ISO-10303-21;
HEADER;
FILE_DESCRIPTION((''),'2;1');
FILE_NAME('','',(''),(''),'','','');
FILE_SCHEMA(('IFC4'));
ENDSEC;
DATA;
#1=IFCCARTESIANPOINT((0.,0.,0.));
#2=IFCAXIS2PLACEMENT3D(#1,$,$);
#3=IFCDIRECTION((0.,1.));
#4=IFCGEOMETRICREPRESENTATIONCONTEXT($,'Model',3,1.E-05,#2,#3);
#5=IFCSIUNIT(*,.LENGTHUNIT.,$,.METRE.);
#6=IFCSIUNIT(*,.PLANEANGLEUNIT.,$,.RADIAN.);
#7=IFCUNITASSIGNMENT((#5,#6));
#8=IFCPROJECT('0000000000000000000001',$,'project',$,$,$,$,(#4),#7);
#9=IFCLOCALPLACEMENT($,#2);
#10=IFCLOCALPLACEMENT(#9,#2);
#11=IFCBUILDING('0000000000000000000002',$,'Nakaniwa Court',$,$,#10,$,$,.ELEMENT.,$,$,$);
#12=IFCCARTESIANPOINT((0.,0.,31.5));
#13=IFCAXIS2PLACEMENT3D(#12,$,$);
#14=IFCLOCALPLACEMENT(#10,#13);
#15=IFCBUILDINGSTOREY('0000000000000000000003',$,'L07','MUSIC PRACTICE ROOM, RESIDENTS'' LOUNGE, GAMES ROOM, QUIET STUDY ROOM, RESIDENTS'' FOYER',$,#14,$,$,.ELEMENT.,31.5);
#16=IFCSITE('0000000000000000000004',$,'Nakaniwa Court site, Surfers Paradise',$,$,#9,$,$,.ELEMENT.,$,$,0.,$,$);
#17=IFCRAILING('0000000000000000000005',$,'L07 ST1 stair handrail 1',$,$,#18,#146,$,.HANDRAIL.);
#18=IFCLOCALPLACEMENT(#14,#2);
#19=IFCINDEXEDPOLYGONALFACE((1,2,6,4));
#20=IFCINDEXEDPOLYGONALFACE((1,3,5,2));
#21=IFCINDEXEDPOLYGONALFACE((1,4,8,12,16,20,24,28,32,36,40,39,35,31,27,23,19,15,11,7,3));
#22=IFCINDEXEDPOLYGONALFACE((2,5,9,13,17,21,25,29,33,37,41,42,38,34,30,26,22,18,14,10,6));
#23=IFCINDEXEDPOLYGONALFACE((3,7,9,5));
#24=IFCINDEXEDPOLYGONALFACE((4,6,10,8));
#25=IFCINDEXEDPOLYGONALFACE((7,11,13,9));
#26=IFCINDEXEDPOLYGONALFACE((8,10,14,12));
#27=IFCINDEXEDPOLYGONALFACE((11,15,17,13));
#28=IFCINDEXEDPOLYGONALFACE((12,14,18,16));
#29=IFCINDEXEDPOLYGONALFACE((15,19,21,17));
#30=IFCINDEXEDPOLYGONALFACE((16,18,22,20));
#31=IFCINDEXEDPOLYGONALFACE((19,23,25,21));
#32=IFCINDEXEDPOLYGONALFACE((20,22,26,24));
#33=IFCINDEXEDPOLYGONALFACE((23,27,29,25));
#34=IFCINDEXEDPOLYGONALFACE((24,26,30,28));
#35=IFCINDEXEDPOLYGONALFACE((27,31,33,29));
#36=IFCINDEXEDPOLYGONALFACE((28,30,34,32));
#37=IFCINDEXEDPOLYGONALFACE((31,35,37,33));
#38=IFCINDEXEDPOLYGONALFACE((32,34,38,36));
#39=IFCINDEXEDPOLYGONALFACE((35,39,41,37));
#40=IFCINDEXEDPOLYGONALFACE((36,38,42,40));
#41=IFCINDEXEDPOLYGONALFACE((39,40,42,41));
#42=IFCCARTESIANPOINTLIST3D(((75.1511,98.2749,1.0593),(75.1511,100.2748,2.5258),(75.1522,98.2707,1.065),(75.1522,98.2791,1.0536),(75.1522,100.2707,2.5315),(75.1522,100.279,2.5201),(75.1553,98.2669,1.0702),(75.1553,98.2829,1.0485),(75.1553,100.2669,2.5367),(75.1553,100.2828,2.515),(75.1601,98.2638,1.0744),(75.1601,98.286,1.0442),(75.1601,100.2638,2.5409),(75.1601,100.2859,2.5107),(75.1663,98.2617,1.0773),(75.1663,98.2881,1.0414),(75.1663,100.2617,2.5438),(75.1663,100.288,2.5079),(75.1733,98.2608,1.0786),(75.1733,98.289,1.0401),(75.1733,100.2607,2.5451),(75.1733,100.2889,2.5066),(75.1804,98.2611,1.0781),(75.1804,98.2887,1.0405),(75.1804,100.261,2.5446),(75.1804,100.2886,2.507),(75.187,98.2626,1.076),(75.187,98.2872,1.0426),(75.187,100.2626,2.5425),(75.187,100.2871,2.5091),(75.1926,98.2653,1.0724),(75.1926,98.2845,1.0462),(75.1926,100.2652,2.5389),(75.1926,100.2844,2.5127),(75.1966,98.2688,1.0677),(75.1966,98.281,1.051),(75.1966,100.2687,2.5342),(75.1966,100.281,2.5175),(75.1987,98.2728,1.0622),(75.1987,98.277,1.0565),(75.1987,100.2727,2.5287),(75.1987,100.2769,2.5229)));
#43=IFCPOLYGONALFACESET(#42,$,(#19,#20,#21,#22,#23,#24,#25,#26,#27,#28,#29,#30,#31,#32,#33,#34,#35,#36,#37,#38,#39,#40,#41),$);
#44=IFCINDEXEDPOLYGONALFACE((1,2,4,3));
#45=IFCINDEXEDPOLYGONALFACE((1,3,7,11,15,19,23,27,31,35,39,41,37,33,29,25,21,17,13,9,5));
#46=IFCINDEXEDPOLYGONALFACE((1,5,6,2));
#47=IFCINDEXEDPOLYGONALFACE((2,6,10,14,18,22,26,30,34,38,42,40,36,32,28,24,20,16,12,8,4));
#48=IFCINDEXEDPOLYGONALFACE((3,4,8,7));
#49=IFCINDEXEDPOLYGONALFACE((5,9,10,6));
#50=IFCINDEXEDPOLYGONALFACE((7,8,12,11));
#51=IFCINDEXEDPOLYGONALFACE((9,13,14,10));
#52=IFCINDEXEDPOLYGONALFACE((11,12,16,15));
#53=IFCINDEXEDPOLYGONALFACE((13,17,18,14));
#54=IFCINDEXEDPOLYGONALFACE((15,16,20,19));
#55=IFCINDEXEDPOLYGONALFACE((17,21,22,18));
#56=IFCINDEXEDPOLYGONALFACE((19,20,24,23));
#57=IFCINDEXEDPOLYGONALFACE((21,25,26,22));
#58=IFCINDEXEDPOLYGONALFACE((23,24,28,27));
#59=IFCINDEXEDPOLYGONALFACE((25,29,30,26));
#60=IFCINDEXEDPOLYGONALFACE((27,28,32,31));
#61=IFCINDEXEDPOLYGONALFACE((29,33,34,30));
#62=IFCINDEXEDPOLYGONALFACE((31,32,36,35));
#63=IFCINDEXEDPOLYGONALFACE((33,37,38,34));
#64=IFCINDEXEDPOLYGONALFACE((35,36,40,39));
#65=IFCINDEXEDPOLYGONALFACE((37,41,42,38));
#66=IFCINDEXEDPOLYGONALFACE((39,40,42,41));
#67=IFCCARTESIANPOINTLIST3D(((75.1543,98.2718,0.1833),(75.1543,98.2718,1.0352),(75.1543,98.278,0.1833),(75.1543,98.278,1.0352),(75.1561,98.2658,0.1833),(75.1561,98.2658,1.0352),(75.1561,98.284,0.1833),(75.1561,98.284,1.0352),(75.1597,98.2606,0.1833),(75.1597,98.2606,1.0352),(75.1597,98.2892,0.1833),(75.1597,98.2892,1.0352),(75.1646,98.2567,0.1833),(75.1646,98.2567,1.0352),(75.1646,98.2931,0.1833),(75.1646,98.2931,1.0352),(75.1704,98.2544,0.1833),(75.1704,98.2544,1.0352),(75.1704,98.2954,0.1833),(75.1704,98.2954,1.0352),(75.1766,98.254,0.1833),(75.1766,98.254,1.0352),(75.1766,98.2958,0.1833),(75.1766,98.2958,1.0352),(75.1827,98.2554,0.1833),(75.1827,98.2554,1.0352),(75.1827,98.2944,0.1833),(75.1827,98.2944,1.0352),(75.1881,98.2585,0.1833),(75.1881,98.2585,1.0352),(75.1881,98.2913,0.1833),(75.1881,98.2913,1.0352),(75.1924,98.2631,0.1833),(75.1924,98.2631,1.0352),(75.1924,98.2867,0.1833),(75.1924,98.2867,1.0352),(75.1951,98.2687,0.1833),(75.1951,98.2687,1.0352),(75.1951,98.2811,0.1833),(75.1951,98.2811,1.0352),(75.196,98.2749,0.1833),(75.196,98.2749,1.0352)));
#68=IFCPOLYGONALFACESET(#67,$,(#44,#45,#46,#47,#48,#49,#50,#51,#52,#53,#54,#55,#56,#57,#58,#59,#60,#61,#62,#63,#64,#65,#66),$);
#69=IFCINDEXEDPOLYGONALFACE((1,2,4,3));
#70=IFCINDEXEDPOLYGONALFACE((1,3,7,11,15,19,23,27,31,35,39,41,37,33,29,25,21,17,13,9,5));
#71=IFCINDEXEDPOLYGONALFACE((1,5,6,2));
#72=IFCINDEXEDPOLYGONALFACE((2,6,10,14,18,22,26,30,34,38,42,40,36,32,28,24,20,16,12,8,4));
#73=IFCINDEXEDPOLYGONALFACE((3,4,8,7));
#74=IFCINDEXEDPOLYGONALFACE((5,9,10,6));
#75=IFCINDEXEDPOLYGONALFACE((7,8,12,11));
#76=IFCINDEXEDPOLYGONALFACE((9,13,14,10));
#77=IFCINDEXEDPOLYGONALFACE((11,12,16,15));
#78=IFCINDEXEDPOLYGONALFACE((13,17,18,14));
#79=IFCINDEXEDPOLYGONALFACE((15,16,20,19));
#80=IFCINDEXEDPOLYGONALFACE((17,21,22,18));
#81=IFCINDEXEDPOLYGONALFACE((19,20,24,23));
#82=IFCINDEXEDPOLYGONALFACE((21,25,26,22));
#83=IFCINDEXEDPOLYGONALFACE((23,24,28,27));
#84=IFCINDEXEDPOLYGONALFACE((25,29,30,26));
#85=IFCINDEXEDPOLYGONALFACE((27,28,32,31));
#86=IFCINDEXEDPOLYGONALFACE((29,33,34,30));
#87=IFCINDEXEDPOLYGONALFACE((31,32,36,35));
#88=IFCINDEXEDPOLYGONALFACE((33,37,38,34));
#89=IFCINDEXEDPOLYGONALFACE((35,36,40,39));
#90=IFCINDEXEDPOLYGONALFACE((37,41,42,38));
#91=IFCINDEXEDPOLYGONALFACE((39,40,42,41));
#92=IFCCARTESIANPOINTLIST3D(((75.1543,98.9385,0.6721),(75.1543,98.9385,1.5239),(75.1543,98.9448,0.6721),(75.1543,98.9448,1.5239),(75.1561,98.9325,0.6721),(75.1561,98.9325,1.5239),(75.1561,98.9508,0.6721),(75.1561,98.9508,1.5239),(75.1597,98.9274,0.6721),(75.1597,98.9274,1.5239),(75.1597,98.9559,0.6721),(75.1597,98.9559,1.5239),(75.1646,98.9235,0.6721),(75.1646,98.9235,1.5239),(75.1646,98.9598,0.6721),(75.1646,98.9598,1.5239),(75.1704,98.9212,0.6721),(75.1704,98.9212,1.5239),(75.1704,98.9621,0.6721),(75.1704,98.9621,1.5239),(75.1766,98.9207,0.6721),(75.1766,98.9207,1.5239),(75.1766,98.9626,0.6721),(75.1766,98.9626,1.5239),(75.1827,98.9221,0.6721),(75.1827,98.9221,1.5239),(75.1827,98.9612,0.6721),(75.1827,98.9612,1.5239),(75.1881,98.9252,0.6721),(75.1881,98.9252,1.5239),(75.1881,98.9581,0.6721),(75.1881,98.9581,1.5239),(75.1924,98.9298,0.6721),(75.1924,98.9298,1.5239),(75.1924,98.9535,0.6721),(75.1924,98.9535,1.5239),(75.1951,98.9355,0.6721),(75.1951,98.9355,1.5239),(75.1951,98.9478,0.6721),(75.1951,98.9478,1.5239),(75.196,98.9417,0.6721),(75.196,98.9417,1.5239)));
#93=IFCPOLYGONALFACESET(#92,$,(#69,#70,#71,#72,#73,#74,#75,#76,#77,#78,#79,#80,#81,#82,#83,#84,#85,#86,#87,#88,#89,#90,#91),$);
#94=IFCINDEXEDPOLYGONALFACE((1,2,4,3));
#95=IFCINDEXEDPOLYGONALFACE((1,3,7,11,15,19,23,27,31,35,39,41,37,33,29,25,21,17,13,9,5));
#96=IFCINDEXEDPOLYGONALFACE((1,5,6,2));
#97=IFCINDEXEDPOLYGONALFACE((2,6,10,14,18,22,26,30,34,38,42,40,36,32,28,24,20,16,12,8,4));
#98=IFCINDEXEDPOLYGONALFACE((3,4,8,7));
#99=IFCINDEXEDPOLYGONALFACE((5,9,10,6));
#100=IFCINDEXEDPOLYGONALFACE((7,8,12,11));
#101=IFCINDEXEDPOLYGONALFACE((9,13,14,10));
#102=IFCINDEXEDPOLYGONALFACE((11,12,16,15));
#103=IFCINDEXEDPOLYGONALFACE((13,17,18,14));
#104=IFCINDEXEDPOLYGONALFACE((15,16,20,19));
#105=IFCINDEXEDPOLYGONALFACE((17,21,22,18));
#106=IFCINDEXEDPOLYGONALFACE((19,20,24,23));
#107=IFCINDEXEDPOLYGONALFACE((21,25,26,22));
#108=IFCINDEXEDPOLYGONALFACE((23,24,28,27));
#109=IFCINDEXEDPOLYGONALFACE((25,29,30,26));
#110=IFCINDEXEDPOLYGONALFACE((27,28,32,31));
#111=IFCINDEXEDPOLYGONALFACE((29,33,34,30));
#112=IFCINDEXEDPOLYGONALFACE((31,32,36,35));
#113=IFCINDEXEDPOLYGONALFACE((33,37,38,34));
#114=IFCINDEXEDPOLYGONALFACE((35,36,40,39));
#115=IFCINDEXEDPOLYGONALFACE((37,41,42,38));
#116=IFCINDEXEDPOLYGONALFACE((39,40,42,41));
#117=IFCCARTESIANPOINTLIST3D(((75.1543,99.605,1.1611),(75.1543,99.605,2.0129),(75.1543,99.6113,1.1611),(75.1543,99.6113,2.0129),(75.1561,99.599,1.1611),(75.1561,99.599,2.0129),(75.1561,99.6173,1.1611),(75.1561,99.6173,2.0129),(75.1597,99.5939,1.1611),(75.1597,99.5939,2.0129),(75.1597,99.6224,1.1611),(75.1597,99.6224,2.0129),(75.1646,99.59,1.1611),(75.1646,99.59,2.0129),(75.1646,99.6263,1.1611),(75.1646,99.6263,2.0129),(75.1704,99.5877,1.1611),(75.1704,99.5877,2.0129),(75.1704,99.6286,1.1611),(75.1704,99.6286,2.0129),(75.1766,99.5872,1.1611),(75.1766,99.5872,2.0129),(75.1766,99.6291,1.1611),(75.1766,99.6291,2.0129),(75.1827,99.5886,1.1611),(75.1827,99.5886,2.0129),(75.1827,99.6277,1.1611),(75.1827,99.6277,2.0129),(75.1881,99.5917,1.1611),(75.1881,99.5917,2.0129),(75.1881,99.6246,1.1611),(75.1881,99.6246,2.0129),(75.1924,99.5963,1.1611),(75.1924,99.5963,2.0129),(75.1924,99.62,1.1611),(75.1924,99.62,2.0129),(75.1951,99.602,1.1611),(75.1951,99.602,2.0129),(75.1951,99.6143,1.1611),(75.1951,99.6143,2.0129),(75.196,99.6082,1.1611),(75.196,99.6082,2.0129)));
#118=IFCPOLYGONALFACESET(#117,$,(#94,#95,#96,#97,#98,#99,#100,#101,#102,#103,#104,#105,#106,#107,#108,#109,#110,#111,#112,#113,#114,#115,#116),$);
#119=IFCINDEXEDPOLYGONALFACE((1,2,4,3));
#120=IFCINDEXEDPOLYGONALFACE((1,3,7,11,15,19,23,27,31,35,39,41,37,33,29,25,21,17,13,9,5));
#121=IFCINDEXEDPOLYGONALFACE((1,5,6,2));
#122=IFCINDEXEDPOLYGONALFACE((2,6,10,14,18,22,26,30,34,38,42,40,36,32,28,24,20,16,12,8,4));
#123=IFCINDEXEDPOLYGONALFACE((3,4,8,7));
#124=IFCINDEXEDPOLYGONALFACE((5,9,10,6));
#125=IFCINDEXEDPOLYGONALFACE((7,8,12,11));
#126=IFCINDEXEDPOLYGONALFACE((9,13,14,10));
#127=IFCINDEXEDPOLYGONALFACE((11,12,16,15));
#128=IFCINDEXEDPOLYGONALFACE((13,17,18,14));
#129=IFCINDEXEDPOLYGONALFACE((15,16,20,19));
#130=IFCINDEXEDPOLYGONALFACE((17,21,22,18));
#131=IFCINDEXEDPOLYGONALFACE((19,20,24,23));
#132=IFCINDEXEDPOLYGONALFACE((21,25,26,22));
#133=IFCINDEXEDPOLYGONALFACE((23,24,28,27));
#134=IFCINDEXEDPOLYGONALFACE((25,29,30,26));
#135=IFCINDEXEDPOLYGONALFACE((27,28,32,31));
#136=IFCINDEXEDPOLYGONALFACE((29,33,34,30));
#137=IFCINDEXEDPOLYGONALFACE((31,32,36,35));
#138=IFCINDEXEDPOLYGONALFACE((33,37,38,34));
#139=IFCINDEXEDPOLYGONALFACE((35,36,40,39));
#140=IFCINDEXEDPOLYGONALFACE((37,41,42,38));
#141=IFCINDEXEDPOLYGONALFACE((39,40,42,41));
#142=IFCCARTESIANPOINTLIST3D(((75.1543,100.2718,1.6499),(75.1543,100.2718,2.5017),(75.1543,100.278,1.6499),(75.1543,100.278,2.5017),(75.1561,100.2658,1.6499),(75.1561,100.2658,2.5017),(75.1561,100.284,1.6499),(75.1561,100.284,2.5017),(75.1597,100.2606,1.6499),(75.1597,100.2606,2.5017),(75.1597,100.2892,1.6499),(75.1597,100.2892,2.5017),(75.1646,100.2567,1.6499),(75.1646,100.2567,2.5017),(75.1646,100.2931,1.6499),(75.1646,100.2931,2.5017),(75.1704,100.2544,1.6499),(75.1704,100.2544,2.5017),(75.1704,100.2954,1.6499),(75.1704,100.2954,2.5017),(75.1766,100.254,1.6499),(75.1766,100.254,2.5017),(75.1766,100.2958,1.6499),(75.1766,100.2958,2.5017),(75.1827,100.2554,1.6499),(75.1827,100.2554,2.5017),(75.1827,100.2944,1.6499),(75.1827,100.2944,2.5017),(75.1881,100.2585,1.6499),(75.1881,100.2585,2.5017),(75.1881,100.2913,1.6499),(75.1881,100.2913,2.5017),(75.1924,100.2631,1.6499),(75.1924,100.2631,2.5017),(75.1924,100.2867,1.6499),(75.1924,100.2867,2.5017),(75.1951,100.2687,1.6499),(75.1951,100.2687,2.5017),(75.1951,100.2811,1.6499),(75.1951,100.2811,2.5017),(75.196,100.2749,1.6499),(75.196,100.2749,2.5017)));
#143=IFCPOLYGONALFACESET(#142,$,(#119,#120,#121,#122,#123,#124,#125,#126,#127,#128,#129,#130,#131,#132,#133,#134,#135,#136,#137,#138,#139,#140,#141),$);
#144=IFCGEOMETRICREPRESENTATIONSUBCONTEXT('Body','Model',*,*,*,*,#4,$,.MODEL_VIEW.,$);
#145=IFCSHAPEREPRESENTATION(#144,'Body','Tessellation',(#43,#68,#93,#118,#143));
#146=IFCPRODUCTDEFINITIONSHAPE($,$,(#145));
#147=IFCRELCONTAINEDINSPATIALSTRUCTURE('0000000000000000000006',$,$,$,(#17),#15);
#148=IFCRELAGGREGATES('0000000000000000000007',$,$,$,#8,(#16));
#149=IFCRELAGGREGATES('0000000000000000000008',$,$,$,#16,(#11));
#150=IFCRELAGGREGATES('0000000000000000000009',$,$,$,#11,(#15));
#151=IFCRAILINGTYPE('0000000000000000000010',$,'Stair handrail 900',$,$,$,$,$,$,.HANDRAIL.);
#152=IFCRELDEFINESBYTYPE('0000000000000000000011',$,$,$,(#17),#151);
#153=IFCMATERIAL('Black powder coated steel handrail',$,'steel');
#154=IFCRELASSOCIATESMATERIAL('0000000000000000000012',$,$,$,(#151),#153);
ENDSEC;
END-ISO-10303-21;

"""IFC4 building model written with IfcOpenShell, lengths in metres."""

from ifc_helpers import new_model, si_unit, direction, frame, origin, origin_2d, place, context, subcontext, project, spatial, circle, extrude, material, type_object, element, save


model = new_model("IFC4")

# Units and contexts
model_context = context("Model", 3, precision=1e-05, world=origin(), true_north=direction((0.0, 1.0)))
body_context = subcontext(model_context, "Body", "Model", "MODEL_VIEW")
ifc_project = project(units=[si_unit("LENGTHUNIT", "METRE"), si_unit("PLANEANGLEUNIT", "RADIAN")], contexts=[model_context])

# Site, building, storey
site_placement = place(None, origin())
site = spatial("IfcSite", under=ifc_project, at=site_placement, Name="Nakaniwa Court site, Surfers Paradise", CompositionType="ELEMENT", RefElevation=0.0)
building_placement = place(site_placement, origin())
building = spatial("IfcBuilding", under=site, at=building_placement, Name="Nakaniwa Court", CompositionType="ELEMENT")
storey_placement = place(building_placement, frame((0.0, 0.0, 31.5)))
storey = spatial("IfcBuildingStorey", under=building, at=storey_placement, Name="L07", Description="MUSIC PRACTICE ROOM, RESIDENTS' LOUNGE, GAMES ROOM, QUIET STUDY ROOM, RESIDENTS' FOYER", CompositionType="ELEMENT", Elevation=31.5)

# Railing
ifc_material_1 = material(Name="Black powder coated steel handrail", Category="steel")
railing_type_1 = type_object("IfcRailingType", Name="Stair handrail 900", PredefinedType="HANDRAIL", material=ifc_material_1)
railing_1_placement = place(storey_placement, frame((75.175, 98.2749, 0.1833)))
element("IfcRailing", 1, at=railing_1_placement, inside=storey, type_object=railing_type_1, Name="L07 ST1 stair handrail 1", PredefinedType="HANDRAIL", context=body_context, shape_type="SweptSolid", body=[
    extrude(circle(Radius=0.0239, at=origin_2d()), frame((0.0, 0.0, 0.876), z_axis=(0.0, 0.806427, 0.591334), x_axis=(-1.0, 0.0, 0.0)), (0.0, 0.0, 1.0), 2.48),
    extrude(circle(Radius=0.021, at=origin_2d()), origin(), (0.0, 0.0, 1.0), 0.8518),
    extrude(circle(Radius=0.021, at=origin_2d()), frame((0.0, 0.6667, 0.4888)), (0.0, 0.0, 1.0), 0.8518),
    extrude(circle(Radius=0.021, at=origin_2d()), frame((0.0, 1.3333, 0.9778)), (0.0, 0.0, 1.0), 0.8518),
    extrude(circle(Radius=0.021, at=origin_2d()), frame((0.0, 2.0, 1.4666)), (0.0, 0.0, 1.0), 0.8518),
])

save(model, "model.ifc")
